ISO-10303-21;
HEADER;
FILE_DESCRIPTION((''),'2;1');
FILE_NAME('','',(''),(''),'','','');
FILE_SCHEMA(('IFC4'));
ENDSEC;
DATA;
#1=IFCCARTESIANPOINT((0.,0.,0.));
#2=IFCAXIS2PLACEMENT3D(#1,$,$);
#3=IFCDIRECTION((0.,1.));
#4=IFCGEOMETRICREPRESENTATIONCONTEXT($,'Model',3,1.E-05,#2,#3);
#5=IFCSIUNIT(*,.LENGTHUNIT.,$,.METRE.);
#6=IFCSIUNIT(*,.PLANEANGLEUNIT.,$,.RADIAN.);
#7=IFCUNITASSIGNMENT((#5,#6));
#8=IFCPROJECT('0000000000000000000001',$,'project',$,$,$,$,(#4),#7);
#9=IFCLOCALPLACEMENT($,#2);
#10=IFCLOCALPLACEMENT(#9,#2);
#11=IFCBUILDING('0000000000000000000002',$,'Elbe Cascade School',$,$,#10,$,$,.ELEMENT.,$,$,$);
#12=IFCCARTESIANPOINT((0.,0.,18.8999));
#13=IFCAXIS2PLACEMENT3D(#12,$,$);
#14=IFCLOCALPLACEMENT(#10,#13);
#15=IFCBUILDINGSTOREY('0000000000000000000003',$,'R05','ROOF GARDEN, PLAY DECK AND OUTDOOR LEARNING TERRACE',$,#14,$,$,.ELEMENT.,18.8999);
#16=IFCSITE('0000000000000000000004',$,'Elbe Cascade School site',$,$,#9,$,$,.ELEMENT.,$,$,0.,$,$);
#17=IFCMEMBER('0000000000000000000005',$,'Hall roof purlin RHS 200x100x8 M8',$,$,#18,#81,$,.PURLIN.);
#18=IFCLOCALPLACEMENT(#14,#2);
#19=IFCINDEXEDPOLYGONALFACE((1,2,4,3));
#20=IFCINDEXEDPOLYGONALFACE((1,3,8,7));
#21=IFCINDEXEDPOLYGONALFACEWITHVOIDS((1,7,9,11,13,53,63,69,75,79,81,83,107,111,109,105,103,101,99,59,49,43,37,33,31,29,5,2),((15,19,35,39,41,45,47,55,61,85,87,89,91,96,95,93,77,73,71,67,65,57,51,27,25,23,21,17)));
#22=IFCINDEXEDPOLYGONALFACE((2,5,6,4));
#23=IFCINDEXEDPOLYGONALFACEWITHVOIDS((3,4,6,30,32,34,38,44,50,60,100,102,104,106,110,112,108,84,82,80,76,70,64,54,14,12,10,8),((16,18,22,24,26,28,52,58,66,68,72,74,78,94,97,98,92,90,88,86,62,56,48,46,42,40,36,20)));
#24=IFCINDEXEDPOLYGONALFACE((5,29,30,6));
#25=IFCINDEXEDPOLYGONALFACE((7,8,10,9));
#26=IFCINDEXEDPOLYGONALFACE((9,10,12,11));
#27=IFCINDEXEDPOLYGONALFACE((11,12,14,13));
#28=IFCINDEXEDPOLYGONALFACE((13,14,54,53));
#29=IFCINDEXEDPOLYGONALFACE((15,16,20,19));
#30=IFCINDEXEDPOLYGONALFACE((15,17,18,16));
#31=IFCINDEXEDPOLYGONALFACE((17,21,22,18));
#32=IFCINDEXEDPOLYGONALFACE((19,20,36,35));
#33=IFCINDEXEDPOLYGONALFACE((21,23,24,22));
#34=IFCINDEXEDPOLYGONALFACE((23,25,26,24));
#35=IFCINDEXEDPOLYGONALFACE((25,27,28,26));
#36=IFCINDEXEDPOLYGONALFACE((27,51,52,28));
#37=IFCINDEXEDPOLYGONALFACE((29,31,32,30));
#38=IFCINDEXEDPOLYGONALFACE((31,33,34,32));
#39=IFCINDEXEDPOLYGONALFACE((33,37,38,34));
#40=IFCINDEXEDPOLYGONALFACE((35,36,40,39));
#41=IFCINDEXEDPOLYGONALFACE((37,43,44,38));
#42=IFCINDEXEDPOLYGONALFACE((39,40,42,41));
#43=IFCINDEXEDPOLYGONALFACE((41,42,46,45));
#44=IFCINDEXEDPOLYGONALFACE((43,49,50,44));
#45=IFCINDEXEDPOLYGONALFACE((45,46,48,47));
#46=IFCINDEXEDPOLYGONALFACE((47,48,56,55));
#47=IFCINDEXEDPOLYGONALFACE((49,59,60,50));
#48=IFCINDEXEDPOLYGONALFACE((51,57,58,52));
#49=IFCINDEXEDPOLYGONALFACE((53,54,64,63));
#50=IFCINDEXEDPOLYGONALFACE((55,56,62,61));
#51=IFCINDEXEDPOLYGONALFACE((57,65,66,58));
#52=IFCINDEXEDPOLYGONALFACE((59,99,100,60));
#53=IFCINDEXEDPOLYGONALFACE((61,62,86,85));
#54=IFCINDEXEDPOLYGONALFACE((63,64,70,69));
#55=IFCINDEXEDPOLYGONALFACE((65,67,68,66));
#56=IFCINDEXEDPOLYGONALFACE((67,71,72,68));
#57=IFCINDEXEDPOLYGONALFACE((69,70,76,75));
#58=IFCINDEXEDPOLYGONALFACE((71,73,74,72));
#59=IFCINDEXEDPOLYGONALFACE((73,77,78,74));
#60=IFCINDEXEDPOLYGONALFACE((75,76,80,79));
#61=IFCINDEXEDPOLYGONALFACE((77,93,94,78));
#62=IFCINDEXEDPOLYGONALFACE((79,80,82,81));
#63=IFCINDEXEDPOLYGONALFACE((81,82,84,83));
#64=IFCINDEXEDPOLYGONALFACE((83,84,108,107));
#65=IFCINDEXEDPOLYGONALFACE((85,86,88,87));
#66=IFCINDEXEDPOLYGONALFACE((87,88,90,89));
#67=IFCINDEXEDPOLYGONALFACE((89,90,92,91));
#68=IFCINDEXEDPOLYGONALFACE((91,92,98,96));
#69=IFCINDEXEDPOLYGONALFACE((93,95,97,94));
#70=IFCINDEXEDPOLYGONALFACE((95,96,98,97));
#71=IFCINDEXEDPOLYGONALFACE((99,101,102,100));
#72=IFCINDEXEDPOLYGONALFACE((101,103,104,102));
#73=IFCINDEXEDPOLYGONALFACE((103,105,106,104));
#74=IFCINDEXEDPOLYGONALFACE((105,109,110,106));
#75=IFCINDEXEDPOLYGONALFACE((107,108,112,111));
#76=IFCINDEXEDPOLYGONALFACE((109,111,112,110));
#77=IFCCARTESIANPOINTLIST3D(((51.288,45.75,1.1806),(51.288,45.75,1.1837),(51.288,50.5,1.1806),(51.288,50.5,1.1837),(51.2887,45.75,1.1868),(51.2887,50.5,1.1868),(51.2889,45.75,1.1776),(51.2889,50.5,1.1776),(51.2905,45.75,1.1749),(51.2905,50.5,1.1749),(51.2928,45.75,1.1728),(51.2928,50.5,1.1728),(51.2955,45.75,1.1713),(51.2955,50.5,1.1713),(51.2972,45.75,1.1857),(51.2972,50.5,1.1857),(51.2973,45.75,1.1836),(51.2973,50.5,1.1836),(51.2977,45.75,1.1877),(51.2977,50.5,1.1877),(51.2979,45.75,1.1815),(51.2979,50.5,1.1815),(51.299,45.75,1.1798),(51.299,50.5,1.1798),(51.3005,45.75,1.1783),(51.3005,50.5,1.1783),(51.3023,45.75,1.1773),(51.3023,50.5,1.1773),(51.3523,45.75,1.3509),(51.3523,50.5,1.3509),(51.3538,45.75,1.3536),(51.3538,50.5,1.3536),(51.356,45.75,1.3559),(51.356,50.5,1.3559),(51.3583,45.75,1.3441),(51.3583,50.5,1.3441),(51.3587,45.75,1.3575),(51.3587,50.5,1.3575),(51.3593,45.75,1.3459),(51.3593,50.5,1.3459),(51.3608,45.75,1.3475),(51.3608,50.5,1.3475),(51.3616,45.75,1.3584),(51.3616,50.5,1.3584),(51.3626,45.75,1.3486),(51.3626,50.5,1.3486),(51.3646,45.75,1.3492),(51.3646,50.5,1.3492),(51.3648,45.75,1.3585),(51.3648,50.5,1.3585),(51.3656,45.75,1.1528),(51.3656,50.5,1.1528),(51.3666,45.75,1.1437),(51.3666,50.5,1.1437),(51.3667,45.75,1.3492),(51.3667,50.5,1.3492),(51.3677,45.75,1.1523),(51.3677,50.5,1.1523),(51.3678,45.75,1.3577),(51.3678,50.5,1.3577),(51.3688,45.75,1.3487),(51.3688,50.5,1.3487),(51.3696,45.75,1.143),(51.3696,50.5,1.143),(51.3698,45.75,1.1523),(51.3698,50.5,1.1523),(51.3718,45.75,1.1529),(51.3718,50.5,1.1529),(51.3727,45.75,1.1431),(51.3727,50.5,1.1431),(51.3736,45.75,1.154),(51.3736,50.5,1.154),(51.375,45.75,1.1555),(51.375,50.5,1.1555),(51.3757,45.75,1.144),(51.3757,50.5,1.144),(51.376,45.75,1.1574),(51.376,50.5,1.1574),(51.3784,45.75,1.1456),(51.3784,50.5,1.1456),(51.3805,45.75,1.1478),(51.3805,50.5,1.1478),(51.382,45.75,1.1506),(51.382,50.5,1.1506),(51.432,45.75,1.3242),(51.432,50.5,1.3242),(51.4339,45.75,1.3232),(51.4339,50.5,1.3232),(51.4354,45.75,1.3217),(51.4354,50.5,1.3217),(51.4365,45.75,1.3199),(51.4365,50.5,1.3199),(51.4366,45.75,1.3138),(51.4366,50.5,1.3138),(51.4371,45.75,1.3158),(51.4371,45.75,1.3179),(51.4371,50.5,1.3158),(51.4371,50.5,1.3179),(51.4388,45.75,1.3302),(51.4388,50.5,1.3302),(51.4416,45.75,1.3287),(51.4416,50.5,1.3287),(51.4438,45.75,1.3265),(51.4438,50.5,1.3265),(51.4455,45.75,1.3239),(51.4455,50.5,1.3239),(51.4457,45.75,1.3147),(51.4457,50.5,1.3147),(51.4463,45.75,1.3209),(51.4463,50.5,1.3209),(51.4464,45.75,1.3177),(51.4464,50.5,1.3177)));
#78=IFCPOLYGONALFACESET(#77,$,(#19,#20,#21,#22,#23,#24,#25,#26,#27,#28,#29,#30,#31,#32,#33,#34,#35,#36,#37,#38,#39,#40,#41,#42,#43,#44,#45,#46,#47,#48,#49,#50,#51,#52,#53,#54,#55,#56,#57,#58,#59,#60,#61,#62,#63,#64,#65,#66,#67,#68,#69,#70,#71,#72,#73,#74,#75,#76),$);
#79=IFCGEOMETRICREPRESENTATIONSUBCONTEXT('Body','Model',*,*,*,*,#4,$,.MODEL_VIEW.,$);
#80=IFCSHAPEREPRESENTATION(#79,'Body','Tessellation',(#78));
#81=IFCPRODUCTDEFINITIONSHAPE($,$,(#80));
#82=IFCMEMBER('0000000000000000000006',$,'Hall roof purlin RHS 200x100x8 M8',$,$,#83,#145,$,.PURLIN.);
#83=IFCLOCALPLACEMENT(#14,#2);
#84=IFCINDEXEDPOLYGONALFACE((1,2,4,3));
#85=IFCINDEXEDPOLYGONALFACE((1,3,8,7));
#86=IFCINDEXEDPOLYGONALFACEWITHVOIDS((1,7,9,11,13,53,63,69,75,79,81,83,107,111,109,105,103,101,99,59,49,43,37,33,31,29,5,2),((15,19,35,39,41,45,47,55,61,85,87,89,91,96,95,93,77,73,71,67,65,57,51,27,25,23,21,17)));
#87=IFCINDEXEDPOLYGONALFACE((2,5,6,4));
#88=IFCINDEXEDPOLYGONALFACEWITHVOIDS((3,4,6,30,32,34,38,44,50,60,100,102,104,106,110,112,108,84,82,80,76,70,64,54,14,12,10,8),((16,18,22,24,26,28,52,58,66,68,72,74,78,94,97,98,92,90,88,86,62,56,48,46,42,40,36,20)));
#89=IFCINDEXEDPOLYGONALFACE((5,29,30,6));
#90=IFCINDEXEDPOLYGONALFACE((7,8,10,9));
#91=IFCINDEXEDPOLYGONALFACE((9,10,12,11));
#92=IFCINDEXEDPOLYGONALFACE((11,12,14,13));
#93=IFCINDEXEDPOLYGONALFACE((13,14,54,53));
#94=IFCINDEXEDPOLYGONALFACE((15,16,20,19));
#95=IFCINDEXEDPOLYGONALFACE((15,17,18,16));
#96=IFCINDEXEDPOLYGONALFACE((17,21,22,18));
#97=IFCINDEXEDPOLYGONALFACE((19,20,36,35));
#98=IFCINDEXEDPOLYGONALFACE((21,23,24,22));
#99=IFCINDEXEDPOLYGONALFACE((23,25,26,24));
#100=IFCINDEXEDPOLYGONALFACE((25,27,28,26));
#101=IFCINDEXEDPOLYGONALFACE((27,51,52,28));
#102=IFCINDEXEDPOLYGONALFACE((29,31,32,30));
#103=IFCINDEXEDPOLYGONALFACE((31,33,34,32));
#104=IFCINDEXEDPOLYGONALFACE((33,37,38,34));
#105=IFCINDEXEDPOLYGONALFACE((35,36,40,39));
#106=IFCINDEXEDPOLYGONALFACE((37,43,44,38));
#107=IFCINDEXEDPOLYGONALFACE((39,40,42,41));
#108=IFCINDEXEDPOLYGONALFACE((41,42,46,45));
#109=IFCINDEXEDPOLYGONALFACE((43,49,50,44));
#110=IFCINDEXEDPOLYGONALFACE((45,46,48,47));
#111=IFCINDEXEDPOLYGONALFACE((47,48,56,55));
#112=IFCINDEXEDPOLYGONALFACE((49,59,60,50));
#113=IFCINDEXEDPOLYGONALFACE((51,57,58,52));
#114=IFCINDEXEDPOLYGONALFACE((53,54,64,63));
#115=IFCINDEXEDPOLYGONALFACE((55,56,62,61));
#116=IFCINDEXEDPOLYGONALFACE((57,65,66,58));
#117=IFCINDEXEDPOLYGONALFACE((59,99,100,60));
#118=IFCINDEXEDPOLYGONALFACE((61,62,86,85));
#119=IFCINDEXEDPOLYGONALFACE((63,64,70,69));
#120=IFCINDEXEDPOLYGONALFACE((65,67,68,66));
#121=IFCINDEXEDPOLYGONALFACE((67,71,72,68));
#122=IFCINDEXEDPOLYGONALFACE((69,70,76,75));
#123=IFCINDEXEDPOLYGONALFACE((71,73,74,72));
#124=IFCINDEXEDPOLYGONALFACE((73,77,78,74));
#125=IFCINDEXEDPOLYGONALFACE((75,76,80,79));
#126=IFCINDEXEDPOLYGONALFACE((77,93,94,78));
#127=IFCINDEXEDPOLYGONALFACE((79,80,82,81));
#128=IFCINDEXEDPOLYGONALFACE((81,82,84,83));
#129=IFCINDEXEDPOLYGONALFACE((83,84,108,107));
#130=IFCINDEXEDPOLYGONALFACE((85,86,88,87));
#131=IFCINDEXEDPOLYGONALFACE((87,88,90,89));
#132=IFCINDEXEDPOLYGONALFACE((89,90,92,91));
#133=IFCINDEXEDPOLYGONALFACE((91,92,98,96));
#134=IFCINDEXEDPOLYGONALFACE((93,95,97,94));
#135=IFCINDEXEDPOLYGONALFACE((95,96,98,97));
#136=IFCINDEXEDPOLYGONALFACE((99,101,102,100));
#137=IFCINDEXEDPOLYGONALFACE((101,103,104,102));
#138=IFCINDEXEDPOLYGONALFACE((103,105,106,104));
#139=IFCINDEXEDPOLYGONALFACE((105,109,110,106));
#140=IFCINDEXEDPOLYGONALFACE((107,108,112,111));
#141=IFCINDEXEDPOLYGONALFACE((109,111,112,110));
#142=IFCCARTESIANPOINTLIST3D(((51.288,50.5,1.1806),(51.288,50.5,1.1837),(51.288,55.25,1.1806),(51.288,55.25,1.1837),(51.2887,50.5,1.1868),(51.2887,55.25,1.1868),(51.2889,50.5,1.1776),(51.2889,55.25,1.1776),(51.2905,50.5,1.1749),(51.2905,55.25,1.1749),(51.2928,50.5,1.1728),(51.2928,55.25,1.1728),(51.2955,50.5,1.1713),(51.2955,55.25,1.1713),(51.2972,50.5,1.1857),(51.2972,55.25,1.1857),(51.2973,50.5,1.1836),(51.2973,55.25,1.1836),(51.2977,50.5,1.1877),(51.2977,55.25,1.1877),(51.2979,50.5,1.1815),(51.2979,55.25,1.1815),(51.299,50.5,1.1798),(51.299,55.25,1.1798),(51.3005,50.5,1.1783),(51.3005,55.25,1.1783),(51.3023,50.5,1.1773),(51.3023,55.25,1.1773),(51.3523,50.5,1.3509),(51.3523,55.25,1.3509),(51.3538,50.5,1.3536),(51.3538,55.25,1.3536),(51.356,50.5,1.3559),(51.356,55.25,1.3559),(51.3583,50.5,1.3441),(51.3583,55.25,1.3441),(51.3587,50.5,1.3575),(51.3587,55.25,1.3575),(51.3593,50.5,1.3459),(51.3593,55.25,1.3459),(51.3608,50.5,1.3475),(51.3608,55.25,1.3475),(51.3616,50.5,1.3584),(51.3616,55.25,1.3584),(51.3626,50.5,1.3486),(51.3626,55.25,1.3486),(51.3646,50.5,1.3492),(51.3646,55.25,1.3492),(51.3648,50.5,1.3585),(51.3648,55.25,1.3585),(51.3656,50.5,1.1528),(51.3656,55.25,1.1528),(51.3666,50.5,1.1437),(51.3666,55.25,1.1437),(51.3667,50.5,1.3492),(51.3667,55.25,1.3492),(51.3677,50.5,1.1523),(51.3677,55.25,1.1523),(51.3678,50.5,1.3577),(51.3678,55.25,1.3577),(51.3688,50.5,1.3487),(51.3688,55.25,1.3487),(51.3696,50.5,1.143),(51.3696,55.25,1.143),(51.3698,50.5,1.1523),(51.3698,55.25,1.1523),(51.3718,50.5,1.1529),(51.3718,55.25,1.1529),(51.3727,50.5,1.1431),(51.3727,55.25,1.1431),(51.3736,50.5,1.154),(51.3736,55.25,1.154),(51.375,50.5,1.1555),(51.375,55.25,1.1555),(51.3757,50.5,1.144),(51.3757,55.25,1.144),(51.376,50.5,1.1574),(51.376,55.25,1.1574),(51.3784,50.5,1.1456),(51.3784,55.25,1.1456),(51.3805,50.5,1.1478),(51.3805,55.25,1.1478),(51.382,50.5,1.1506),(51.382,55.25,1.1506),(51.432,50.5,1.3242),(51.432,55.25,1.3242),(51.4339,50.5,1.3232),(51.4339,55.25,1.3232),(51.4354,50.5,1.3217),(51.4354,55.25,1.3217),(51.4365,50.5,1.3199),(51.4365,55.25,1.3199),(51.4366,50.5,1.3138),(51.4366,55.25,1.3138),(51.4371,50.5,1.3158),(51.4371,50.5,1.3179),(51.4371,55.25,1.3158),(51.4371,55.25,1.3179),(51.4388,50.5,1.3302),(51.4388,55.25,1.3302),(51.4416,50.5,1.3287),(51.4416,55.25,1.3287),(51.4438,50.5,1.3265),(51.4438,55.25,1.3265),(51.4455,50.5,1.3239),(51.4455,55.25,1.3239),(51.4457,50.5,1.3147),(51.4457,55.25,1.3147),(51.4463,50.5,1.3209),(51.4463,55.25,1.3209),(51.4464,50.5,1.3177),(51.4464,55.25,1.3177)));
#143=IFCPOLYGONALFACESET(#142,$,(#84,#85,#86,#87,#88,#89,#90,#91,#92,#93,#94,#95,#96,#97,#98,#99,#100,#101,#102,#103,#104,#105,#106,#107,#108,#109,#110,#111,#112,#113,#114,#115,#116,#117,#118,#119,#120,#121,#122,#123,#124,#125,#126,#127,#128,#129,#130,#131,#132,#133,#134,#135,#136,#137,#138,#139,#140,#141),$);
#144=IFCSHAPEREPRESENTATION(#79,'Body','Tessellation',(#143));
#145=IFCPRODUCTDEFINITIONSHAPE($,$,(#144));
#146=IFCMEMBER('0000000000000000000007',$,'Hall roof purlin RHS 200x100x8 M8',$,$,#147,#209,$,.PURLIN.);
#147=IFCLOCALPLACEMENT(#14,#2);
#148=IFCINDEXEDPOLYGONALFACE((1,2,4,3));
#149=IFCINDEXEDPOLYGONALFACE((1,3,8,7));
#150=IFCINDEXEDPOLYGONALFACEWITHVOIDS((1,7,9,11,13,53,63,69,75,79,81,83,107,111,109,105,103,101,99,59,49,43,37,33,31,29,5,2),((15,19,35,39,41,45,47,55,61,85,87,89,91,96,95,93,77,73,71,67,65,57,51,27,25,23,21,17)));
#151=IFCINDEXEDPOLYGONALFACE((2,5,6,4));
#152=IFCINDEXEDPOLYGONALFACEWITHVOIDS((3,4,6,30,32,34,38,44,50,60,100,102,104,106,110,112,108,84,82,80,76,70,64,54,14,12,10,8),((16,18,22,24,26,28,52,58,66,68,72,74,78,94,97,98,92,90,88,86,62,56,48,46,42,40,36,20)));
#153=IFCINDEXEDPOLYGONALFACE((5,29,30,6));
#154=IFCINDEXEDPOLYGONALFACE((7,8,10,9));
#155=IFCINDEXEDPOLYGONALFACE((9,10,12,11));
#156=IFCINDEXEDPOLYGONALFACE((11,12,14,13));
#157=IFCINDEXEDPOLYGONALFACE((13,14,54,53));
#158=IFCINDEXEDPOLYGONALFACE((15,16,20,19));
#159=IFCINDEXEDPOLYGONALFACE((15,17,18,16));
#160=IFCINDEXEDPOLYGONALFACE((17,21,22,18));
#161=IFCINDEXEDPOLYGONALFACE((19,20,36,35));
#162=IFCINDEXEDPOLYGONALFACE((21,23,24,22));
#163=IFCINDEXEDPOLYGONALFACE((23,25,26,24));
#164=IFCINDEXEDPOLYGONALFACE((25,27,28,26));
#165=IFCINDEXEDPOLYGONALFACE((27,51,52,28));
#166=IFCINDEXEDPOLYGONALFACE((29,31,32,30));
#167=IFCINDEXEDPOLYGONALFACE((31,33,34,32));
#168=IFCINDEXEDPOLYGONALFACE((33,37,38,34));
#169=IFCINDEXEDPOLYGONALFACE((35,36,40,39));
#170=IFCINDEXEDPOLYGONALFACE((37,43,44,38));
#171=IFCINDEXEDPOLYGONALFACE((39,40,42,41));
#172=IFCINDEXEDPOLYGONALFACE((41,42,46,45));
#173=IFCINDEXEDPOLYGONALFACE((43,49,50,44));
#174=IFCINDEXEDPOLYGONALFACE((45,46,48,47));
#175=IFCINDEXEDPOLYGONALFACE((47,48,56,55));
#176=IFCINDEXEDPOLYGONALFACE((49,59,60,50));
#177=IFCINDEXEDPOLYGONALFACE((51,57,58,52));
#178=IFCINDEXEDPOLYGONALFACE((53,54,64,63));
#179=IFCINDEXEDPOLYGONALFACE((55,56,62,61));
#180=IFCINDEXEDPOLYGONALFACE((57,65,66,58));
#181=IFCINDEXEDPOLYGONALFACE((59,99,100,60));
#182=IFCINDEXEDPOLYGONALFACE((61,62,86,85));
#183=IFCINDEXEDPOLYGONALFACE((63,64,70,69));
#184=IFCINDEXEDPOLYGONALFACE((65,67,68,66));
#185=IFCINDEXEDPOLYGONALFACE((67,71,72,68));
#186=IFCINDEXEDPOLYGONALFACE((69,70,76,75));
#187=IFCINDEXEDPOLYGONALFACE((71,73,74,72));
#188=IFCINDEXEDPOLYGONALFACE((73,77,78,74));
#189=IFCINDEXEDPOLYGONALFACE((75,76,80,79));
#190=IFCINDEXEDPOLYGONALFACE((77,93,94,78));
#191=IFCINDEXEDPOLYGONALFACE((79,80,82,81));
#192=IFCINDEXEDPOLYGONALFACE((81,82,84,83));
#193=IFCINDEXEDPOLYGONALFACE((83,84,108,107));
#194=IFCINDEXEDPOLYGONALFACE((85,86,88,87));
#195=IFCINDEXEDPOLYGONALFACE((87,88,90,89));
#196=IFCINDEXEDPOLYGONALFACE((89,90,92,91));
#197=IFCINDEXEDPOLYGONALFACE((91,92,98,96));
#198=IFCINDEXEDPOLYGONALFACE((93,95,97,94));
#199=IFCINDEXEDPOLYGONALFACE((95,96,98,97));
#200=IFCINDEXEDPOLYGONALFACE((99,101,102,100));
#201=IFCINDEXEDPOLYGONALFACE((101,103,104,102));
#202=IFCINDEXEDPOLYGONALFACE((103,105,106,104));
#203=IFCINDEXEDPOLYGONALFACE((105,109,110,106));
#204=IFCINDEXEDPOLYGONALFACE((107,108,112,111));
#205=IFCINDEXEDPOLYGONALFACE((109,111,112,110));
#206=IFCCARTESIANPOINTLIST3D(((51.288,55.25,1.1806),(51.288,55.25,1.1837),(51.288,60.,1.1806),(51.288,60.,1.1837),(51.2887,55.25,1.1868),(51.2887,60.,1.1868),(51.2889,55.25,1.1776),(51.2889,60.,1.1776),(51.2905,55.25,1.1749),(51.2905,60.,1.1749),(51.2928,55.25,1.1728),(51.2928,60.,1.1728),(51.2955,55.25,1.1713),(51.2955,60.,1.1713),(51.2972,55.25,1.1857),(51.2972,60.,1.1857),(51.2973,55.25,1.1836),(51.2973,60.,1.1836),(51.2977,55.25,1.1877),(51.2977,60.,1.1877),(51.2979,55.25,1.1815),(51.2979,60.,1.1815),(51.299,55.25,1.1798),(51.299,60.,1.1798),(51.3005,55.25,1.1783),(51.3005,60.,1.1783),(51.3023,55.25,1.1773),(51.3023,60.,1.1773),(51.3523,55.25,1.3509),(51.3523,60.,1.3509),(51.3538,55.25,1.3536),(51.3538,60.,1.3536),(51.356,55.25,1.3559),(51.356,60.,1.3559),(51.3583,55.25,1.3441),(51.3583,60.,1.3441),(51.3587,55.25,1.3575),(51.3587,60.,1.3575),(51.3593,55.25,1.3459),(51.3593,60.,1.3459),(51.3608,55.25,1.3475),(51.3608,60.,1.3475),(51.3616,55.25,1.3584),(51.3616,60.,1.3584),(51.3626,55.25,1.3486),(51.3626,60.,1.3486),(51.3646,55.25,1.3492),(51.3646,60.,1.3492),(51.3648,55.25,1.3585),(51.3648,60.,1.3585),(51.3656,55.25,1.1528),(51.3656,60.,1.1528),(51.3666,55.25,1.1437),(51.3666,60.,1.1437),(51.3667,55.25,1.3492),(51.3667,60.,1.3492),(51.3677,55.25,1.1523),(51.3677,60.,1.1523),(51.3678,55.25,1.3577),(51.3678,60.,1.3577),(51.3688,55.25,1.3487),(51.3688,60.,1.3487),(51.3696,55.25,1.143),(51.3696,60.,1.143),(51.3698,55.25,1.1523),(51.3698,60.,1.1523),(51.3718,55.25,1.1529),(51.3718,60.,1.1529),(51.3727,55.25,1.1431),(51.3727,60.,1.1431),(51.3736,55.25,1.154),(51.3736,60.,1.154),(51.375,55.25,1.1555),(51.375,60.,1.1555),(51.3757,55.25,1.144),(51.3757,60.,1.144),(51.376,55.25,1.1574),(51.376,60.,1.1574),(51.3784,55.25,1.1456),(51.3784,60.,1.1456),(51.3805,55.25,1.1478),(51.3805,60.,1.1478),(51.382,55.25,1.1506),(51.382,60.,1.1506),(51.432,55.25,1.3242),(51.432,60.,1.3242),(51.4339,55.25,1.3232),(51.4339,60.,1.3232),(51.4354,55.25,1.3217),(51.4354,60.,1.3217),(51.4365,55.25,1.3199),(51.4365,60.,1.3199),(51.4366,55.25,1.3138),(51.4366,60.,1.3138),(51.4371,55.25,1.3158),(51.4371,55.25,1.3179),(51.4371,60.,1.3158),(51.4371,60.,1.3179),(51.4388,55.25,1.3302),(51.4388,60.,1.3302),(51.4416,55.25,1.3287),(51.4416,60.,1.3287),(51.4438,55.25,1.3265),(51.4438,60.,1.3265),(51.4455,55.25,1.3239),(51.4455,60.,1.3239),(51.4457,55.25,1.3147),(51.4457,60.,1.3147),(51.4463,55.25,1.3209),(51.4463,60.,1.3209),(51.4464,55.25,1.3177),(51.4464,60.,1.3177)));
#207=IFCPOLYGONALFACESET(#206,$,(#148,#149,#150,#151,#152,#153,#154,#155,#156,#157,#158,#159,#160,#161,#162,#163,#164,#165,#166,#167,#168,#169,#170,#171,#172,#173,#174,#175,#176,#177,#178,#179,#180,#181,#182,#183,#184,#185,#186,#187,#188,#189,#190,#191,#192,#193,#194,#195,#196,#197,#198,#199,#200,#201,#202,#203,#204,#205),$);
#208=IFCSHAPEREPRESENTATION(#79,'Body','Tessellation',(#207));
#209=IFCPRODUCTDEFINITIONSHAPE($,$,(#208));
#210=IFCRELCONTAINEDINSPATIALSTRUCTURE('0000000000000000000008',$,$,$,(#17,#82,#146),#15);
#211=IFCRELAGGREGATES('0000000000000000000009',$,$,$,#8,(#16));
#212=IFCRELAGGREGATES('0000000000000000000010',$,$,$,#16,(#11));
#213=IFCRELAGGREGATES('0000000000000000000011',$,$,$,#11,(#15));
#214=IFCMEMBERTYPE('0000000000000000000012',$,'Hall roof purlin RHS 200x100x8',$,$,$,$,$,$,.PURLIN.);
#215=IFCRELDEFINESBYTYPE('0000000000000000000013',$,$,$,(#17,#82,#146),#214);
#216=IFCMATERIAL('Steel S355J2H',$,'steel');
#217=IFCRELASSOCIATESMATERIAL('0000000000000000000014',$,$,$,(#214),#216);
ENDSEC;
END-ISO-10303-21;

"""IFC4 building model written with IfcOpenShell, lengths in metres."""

from ifc_helpers import new_model, si_unit, direction, frame, origin, origin_2d, place, context, subcontext, project, spatial, hollow_rectangle, extrude, material, material_profile, profile_set, type_object, element, save


model = new_model("IFC4")

# Units and contexts
model_context = context("Model", 3, precision=1e-05, world=origin(), true_north=direction((0.0, 1.0)))
body_context = subcontext(model_context, "Body", "Model", "MODEL_VIEW")
ifc_project = project(units=[si_unit("LENGTHUNIT", "METRE"), si_unit("PLANEANGLEUNIT", "RADIAN")], contexts=[model_context])

# Site, building, storey
site_placement = place(None, origin())
site = spatial("IfcSite", under=ifc_project, at=site_placement, Name="Elbe Cascade School site", CompositionType="ELEMENT", RefElevation=0.0)
building_placement = place(site_placement, origin())
building = spatial("IfcBuilding", under=site, at=building_placement, Name="Elbe Cascade School", CompositionType="ELEMENT")
storey_placement = place(building_placement, frame((0.0, 0.0, 18.8999)))
storey = spatial("IfcBuildingStorey", under=building, at=storey_placement, Name="R05", Description="ROOF GARDEN, PLAY DECK AND OUTDOOR LEARNING TERRACE", CompositionType="ELEMENT", Elevation=18.8999)

# Members
ifc_material_1 = material(Name="Steel S355J2H", Category="steel")
ifc_material_profile_1 = material_profile(ifc_material_1, hollow_rectangle(XDim=0.1001, YDim=0.2, WallThickness=0.0081, InnerFilletRadius=0.0081, OuterFilletRadius=0.012, at=origin_2d()), Name="RHS 200x100x8")
ifc_profile_set_1 = profile_set([ifc_material_profile_1], Name="Steel S355J2H")
member_type_1 = type_object("IfcMemberType", Name="Hall roof purlin RHS 200x100x8", PredefinedType="PURLIN", material=ifc_profile_set_1)
for number, where, z_axis, x_axis, name in (
    (1, (51.3672, 45.75, 1.2507), (0.0, 1.0, 0.0), (-0.932415, 0.0, 0.36139), "Hall roof purlin RHS 200x100x8 M8"),
    (2, (51.3672, 50.5, 1.2507), (0.0, 1.0, 0.0), (-0.932415, 0.0, 0.36139), "Hall roof purlin RHS 200x100x8 M8"),
    (3, (51.3672, 55.25, 1.2507), (0.0, 1.0, 0.0), (-0.932415, 0.0, 0.36139), "Hall roof purlin RHS 200x100x8 M8"),
):
    element("IfcMember", number, at=place(storey_placement, frame(where, z_axis=z_axis, x_axis=x_axis)), inside=storey, type_object=member_type_1, Name=name, PredefinedType="PURLIN", context=body_context, shape_type="SweptSolid", body=[
        extrude(hollow_rectangle(XDim=0.1001, YDim=0.2, WallThickness=0.0081, InnerFilletRadius=0.0081, OuterFilletRadius=0.012, at=origin_2d()), origin(), (0.0, 0.0, 1.0), 4.75),
    ])

save(model, "model.ifc")
